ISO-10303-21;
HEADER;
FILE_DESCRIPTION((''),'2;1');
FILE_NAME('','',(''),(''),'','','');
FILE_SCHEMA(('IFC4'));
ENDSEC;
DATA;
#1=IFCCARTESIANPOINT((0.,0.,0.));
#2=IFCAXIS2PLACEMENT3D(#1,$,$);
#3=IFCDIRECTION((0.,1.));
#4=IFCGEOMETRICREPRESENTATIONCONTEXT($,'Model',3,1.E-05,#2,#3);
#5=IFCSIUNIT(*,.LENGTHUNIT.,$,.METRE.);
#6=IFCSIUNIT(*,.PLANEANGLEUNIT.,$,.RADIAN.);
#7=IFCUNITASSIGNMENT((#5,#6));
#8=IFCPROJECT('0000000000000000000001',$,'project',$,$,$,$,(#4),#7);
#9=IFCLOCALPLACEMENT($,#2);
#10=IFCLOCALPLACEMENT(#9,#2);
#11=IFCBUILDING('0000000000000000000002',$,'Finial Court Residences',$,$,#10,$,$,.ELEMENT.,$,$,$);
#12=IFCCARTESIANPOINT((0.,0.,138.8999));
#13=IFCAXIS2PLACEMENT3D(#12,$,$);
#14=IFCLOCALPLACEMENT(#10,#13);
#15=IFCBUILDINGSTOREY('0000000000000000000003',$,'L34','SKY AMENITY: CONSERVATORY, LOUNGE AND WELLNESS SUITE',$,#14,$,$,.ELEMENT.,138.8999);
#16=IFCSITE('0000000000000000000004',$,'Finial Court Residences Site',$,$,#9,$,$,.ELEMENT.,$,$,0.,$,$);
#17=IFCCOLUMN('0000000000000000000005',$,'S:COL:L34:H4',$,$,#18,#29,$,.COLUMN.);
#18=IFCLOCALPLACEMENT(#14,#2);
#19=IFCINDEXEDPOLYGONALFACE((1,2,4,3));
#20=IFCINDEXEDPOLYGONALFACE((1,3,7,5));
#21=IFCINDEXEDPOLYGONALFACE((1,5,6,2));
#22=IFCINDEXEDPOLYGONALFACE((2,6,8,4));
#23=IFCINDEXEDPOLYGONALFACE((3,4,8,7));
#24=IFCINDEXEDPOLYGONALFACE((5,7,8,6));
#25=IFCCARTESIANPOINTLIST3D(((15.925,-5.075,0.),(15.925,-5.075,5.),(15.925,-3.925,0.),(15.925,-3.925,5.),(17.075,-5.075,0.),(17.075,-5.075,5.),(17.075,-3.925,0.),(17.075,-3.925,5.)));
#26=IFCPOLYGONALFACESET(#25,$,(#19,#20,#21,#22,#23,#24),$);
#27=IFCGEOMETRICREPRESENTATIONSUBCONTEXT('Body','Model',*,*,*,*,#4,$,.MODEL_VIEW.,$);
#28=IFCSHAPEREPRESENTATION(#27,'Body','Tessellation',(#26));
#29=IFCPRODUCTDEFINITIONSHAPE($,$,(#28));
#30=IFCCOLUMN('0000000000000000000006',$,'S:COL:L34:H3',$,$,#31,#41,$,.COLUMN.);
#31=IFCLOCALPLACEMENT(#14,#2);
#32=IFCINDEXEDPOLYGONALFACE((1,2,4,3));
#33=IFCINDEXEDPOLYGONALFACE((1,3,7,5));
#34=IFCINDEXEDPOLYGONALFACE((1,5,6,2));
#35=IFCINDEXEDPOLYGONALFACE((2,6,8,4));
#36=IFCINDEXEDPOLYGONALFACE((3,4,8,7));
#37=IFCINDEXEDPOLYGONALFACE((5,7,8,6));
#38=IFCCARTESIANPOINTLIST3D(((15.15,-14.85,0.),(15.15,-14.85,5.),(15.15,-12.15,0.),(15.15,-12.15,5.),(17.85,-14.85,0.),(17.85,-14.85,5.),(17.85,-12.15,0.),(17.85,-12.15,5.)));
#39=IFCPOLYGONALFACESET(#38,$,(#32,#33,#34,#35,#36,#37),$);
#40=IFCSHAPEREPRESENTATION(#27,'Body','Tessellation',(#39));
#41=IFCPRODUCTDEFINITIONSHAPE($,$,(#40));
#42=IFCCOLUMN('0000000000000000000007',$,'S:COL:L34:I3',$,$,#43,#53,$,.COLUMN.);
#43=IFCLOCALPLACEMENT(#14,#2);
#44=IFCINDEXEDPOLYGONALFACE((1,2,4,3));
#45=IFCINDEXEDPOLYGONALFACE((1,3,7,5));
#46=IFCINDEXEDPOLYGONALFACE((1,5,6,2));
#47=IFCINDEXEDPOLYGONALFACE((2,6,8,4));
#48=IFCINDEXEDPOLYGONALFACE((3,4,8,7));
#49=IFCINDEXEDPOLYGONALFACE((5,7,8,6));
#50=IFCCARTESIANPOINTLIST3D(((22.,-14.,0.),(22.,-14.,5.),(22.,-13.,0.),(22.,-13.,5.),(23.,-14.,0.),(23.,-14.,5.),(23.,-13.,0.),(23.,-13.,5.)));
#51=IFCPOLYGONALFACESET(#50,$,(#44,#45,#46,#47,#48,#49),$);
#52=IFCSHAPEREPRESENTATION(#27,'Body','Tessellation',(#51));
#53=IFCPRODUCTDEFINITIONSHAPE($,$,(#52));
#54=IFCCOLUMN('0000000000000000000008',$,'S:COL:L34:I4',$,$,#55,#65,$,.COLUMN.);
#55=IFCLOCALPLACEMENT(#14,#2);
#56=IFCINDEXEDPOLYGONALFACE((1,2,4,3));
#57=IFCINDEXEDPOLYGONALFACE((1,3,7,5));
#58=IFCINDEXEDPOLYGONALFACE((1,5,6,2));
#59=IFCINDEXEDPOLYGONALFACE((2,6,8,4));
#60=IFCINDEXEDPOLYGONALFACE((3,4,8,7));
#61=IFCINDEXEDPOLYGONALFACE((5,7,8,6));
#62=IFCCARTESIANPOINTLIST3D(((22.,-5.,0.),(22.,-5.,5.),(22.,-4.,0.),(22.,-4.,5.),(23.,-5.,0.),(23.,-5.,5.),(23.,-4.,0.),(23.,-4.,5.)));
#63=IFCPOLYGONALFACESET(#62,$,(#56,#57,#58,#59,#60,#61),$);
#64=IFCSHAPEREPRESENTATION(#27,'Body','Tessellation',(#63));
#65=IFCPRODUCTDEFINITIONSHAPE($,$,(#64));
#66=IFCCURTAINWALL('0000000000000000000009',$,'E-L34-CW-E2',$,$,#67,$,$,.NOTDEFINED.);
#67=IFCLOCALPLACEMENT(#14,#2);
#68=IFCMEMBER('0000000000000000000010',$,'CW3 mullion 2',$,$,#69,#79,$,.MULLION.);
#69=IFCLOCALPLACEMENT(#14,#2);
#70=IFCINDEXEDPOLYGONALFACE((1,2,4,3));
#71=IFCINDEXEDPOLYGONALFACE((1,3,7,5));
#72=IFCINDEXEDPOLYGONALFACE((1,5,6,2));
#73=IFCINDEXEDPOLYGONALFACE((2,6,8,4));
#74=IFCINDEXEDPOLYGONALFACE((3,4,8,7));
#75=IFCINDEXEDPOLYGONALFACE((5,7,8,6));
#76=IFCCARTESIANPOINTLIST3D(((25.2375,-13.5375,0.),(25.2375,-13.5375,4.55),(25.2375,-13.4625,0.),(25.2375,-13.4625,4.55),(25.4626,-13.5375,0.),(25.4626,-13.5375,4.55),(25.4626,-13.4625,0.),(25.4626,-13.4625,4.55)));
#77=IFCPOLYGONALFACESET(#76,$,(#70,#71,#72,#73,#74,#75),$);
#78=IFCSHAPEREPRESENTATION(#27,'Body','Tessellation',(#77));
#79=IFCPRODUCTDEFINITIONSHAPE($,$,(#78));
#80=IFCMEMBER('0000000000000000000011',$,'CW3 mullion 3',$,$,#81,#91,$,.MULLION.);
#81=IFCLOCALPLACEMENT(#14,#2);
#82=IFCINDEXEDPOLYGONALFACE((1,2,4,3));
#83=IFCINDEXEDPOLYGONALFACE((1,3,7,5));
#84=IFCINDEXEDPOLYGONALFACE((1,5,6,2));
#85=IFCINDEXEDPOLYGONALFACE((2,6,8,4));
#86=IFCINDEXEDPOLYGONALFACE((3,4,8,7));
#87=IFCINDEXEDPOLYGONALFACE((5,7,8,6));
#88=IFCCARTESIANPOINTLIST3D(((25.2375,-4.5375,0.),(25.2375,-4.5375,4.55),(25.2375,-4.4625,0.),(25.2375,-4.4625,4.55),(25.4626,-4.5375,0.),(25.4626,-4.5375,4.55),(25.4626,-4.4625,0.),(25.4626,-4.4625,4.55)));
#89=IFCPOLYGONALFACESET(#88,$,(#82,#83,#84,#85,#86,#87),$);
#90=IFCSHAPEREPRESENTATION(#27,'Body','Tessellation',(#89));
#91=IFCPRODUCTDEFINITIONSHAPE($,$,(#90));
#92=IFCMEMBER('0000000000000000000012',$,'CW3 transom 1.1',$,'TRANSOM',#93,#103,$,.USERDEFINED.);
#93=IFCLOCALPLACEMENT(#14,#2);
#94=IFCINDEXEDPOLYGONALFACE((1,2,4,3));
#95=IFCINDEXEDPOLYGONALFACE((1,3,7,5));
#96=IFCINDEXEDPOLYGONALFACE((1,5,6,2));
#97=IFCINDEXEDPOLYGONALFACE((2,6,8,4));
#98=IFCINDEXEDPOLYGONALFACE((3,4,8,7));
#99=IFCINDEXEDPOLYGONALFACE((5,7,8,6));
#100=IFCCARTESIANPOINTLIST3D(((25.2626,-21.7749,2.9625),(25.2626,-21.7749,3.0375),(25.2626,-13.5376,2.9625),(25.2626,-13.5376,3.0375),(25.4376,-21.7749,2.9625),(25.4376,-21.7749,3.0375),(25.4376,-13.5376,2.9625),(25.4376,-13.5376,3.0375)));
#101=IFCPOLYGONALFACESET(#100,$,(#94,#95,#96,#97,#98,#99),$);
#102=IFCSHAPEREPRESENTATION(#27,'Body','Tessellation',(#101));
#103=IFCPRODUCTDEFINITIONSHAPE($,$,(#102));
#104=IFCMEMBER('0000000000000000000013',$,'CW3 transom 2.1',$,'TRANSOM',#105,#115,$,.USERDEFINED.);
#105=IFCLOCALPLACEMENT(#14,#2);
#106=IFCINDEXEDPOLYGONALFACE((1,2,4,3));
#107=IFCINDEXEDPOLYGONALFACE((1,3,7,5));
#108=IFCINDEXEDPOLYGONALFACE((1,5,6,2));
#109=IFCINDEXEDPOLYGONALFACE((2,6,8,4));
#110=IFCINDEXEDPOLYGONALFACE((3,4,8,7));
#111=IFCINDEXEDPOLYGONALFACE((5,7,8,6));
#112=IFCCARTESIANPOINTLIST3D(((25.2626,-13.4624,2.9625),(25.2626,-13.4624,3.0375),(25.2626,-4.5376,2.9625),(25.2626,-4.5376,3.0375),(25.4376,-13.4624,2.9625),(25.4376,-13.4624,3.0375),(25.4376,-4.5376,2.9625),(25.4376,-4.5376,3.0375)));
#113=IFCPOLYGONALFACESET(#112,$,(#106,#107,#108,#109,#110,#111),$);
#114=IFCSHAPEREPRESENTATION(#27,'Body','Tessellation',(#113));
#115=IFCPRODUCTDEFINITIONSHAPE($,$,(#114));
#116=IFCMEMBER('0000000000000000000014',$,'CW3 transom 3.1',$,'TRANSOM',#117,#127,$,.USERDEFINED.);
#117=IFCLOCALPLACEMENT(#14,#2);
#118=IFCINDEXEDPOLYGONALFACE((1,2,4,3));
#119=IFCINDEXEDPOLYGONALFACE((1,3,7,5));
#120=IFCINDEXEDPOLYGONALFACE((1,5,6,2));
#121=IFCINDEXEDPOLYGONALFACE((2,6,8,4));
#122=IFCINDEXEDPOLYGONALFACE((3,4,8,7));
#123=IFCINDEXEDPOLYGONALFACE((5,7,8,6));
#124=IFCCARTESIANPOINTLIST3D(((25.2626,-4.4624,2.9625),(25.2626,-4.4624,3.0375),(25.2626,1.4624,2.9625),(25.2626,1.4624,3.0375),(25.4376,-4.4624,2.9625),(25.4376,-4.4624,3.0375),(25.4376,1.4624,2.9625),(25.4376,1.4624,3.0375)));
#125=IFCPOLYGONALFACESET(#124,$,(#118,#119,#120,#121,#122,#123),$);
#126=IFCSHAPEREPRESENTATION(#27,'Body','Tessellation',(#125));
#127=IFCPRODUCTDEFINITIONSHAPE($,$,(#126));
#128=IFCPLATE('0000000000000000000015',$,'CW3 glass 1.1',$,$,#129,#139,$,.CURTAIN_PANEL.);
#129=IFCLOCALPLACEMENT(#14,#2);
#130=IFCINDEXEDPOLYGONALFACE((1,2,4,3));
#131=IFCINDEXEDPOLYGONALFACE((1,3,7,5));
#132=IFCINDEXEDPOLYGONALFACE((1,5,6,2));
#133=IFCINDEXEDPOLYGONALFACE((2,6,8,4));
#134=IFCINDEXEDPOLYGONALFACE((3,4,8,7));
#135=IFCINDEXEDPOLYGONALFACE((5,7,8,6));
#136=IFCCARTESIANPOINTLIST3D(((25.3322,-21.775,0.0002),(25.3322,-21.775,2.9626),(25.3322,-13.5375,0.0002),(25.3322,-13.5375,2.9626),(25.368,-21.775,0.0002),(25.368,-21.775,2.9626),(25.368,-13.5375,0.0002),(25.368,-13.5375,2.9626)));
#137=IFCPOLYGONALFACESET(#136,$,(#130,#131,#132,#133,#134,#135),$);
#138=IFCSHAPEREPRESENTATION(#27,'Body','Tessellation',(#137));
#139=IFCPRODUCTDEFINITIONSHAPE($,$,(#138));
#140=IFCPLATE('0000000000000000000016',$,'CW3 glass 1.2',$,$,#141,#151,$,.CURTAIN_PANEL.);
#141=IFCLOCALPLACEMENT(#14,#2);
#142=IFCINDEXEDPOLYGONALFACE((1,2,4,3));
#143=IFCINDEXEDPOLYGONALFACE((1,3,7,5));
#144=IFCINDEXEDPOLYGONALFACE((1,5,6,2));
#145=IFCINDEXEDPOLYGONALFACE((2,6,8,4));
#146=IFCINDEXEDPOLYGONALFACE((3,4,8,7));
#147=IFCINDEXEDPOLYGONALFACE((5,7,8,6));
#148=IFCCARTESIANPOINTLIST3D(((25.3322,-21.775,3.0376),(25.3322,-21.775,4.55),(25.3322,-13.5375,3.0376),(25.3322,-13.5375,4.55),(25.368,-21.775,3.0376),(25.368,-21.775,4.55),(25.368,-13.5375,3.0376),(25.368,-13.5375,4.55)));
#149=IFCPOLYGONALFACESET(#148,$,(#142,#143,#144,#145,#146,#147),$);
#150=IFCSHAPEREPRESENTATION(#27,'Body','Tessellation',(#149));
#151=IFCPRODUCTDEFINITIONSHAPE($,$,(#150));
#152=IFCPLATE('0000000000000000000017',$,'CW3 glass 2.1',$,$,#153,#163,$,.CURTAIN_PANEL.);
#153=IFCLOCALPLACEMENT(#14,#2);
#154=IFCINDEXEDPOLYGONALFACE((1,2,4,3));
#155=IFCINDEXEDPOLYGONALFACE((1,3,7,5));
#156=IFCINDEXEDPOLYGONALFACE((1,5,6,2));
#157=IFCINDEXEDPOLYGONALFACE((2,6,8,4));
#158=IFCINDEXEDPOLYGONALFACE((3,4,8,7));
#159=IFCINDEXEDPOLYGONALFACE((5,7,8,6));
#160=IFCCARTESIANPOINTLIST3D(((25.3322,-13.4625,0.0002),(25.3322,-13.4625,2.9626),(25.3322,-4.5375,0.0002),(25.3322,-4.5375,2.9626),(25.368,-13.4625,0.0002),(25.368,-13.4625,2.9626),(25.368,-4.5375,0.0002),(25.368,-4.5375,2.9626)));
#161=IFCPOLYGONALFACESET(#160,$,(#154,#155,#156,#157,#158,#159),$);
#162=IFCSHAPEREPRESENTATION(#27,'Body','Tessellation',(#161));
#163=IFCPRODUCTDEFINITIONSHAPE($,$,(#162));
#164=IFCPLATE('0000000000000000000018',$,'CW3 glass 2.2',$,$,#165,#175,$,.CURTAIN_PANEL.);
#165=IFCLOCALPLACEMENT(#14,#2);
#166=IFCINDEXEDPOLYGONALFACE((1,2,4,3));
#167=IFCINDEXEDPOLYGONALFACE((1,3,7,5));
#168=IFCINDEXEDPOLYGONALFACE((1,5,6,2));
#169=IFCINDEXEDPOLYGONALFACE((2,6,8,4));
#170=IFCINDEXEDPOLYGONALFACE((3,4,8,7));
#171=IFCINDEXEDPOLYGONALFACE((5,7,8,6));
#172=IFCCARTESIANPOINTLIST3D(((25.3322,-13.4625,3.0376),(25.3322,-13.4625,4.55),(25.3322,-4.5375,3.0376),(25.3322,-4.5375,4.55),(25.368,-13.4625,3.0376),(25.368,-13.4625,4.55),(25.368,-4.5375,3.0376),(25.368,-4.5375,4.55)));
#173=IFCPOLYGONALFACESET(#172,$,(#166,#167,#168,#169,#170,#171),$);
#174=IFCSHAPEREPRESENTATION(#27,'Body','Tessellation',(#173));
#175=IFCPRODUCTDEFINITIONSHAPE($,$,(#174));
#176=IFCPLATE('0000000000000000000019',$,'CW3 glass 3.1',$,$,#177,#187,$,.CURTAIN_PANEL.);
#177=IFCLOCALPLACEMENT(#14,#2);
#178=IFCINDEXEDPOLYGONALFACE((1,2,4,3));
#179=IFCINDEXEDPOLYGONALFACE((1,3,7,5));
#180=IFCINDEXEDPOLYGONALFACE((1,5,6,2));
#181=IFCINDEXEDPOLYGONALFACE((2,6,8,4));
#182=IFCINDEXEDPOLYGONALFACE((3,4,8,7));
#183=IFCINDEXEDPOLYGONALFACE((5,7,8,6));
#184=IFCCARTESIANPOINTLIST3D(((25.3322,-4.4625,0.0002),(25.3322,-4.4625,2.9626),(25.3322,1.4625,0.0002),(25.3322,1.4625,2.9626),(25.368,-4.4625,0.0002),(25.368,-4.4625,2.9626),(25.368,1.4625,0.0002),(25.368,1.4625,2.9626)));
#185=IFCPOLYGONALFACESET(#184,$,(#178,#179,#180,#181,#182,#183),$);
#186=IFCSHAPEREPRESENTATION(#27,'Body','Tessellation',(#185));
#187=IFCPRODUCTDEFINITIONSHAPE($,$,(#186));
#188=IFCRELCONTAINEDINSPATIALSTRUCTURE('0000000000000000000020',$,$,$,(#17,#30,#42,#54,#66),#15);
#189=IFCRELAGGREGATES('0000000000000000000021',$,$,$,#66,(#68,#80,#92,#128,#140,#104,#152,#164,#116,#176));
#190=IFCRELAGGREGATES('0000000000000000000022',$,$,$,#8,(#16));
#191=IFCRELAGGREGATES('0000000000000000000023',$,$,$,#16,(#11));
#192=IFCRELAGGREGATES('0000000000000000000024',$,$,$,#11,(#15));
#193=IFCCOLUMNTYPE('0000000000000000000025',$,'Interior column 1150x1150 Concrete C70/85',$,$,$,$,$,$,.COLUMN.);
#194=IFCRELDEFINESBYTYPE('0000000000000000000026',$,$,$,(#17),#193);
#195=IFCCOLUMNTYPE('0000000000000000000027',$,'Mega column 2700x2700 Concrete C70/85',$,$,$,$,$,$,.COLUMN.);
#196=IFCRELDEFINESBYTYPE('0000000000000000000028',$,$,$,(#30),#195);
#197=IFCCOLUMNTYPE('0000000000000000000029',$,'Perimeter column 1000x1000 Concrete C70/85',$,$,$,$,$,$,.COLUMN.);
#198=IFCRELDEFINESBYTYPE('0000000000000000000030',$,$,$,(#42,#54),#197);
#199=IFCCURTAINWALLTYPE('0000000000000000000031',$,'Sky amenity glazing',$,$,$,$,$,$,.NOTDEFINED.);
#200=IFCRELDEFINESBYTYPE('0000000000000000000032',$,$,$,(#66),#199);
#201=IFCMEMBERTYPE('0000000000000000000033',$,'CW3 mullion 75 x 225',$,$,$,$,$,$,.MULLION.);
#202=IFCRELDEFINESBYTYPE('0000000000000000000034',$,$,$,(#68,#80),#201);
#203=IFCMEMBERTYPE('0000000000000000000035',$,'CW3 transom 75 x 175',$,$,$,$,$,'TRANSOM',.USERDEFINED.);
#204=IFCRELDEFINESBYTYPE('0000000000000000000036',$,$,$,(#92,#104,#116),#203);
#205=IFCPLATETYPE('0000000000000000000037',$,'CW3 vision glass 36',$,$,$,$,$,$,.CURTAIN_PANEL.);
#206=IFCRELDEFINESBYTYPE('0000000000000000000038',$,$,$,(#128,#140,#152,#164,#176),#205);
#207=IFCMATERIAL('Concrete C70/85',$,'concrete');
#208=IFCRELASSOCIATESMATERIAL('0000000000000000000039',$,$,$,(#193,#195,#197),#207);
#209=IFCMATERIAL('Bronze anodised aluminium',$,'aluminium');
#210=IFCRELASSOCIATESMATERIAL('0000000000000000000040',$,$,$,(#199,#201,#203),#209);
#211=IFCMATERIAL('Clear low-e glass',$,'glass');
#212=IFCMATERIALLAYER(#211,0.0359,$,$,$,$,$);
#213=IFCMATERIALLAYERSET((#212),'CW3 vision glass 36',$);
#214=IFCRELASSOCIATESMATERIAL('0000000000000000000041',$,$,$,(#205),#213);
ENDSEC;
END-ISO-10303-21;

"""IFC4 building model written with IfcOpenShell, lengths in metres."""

from ifc_helpers import new_model, si_unit, direction, frame, origin, origin_2d, place, context, subcontext, project, spatial, rectangle, extrude, material, layer, layer_set, material_profile, profile_set, type_object, element, aggregate, save


model = new_model("IFC4")

# Units and contexts
model_context = context("Model", 3, precision=1e-05, world=origin(), true_north=direction((0.0, 1.0)))
body_context = subcontext(model_context, "Body", "Model", "MODEL_VIEW")
ifc_project = project(units=[si_unit("LENGTHUNIT", "METRE"), si_unit("PLANEANGLEUNIT", "RADIAN")], contexts=[model_context])

# Site, building, storey
site_placement = place(None, origin())
site = spatial("IfcSite", under=ifc_project, at=site_placement, Name="Finial Court Residences Site", CompositionType="ELEMENT", RefElevation=0.0)
building_placement = place(site_placement, origin())
building = spatial("IfcBuilding", under=site, at=building_placement, Name="Finial Court Residences", CompositionType="ELEMENT")
storey_placement = place(building_placement, frame((0.0, 0.0, 138.8999)))
storey = spatial("IfcBuildingStorey", under=building, at=storey_placement, Name="L34", Description="SKY AMENITY: CONSERVATORY, LOUNGE AND WELLNESS SUITE", CompositionType="ELEMENT", Elevation=138.8999)

# Columns
ifc_material_1 = material(Name="Concrete C70/85", Category="concrete")
ifc_material_profile_1 = material_profile(ifc_material_1, rectangle(XDim=1.1499, YDim=1.1499, at=origin_2d()), Name="1150x1150")
ifc_profile_set_1 = profile_set([ifc_material_profile_1], Name="Concrete C70/85")
column_type_1 = type_object("IfcColumnType", Name="Interior column 1150x1150 Concrete C70/85", PredefinedType="COLUMN", material=ifc_profile_set_1)
column_1_placement = place(storey_placement, frame((16.5, -4.5, 0.0), z_axis=(0.0, 0.0, 1.0), x_axis=(1.0, 0.0, 0.0)))
element("IfcColumn", 1, at=column_1_placement, inside=storey, type_object=column_type_1, Name="S:COL:L34:H4", PredefinedType="COLUMN", context=body_context, shape_type="SweptSolid", body=[
    extrude(rectangle(XDim=1.1499, YDim=1.1499, at=origin_2d()), origin(), (0.0, 0.0, 1.0), 5.0),
])
ifc_material_profile_2 = material_profile(ifc_material_1, rectangle(XDim=2.7, YDim=2.7, at=origin_2d()), Name="2700x2700")
ifc_profile_set_2 = profile_set([ifc_material_profile_2], Name="Concrete C70/85")
column_type_2 = type_object("IfcColumnType", Name="Mega column 2700x2700 Concrete C70/85", PredefinedType="COLUMN", material=ifc_profile_set_2)
column_2_placement = place(storey_placement, frame((16.5, -13.5, 0.0), z_axis=(0.0, 0.0, 1.0), x_axis=(1.0, 0.0, 0.0)))
element("IfcColumn", 2, at=column_2_placement, inside=storey, type_object=column_type_2, Name="S:COL:L34:H3", PredefinedType="COLUMN", context=body_context, shape_type="SweptSolid", body=[
    extrude(rectangle(XDim=2.7, YDim=2.7, at=origin_2d()), origin(), (0.0, 0.0, 1.0), 5.0),
])
ifc_material_profile_3 = material_profile(ifc_material_1, rectangle(XDim=1.0, YDim=1.0, at=origin_2d()), Name="1000x1000")
ifc_profile_set_3 = profile_set([ifc_material_profile_3], Name="Concrete C70/85")
column_type_3 = type_object("IfcColumnType", Name="Perimeter column 1000x1000 Concrete C70/85", PredefinedType="COLUMN", material=ifc_profile_set_3)
for number, where, z_axis, x_axis, name in (
    (3, (22.5, -13.5, 0.0), (0.0, 0.0, 1.0), (1.0, 0.0, 0.0), "S:COL:L34:I3"),
    (4, (22.5, -4.5, 0.0), (0.0, 0.0, 1.0), (1.0, 0.0, 0.0), "S:COL:L34:I4"),
):
    element("IfcColumn", number, at=place(storey_placement, frame(where, z_axis=z_axis, x_axis=x_axis)), inside=storey, type_object=column_type_3, Name=name, PredefinedType="COLUMN", context=body_context, shape_type="SweptSolid", body=[
        extrude(rectangle(XDim=1.0, YDim=1.0, at=origin_2d()), origin(), (0.0, 0.0, 1.0), 5.0),
    ])

# Curtain wall, members, plates
ifc_material_2 = material(Name="Bronze anodised aluminium", Category="aluminium")
curtain_wall_type = type_object("IfcCurtainWallType", Name="Sky amenity glazing", PredefinedType="NOTDEFINED", material=ifc_material_2)
curtain_wall_placement = place(storey_placement, origin())
curtain_wall = element("IfcCurtainWall", 5, at=curtain_wall_placement, inside=storey, type_object=curtain_wall_type, Name="E-L34-CW-E2", PredefinedType="NOTDEFINED")
ifc_material_profile_4 = material_profile(ifc_material_2, rectangle(XDim=0.2251, YDim=0.075, at=origin_2d()), Name="CW3 mullion 75 x 225")
ifc_profile_set_4 = profile_set([ifc_material_profile_4], Name="Bronze anodised aluminium")
member_type_1 = type_object("IfcMemberType", Name="CW3 mullion 75 x 225", PredefinedType="MULLION", material=ifc_profile_set_4)
member_1_placement = place(storey_placement, frame((25.3501, -13.5, 0.0), z_axis=(0.0, 0.0, 1.0), x_axis=(-1.0, 0.0, 0.0)))
member_1 = element("IfcMember", 6, at=member_1_placement, type_object=member_type_1, Name="CW3 mullion 2", PredefinedType="MULLION", context=body_context, shape_type="SweptSolid", body=[
    extrude(rectangle(XDim=0.2251, YDim=0.075, at=origin_2d()), origin(), (0.0, 0.0, 1.0), 4.55),
])
member_2_placement = place(storey_placement, frame((25.3501, -4.5, 0.0), z_axis=(0.0, 0.0, 1.0), x_axis=(-1.0, 0.0, 0.0)))
member_2 = element("IfcMember", 7, at=member_2_placement, type_object=member_type_1, Name="CW3 mullion 3", PredefinedType="MULLION", context=body_context, shape_type="SweptSolid", body=[
    extrude(rectangle(XDim=0.2251, YDim=0.075, at=origin_2d()), origin(), (0.0, 0.0, 1.0), 4.55),
])
ifc_material_profile_5 = material_profile(ifc_material_2, rectangle(XDim=0.175, YDim=0.075, at=origin_2d()), Name="CW3 transom 75 x 175")
ifc_profile_set_5 = profile_set([ifc_material_profile_5], Name="Bronze anodised aluminium")
member_type_2 = type_object("IfcMemberType", Name="CW3 transom 75 x 175", ElementType="TRANSOM", PredefinedType="USERDEFINED", material=ifc_profile_set_5)
member_3_placement = place(storey_placement, frame((25.3501, -21.7749, 3.0), z_axis=(0.0, 1.0, 0.0), x_axis=(-1.0, 0.0, 0.0)))
member_3 = element("IfcMember", 8, at=member_3_placement, type_object=member_type_2, Name="CW3 transom 1.1", ObjectType="TRANSOM", PredefinedType="USERDEFINED", context=body_context, shape_type="SweptSolid", body=[
    extrude(rectangle(XDim=0.175, YDim=0.075, at=origin_2d()), origin(), (0.0, 0.0, 1.0), 8.2373),
])
member_4_placement = place(storey_placement, frame((25.3501, -13.4624, 3.0), z_axis=(0.0, 1.0, 0.0), x_axis=(-1.0, 0.0, 0.0)))
member_4 = element("IfcMember", 9, at=member_4_placement, type_object=member_type_2, Name="CW3 transom 2.1", ObjectType="TRANSOM", PredefinedType="USERDEFINED", context=body_context, shape_type="SweptSolid", body=[
    extrude(rectangle(XDim=0.175, YDim=0.075, at=origin_2d()), origin(), (0.0, 0.0, 1.0), 8.9248),
])
member_5_placement = place(storey_placement, frame((25.3501, -4.4624, 3.0), z_axis=(0.0, 1.0, 0.0), x_axis=(-1.0, 0.0, 0.0)))
member_5 = element("IfcMember", 10, at=member_5_placement, type_object=member_type_2, Name="CW3 transom 3.1", ObjectType="TRANSOM", PredefinedType="USERDEFINED", context=body_context, shape_type="SweptSolid", body=[
    extrude(rectangle(XDim=0.175, YDim=0.075, at=origin_2d()), origin(), (0.0, 0.0, 1.0), 5.9248),
])
ifc_material_3 = material(Name="Clear low-e glass", Category="glass")
ifc_layer = layer(ifc_material_3, 0.0359)
ifc_layer_set = layer_set([ifc_layer], Name="CW3 vision glass 36")
plate_type = type_object("IfcPlateType", Name="CW3 vision glass 36", PredefinedType="CURTAIN_PANEL", material=ifc_layer_set)
plate_1_placement = place(storey_placement, frame((25.3501, -17.6562, 0.0002), z_axis=(0.0, 0.0, 1.0), x_axis=(0.0, 1.0, 0.0)))
plate_1 = element("IfcPlate", 11, at=plate_1_placement, type_object=plate_type, Name="CW3 glass 1.1", PredefinedType="CURTAIN_PANEL", context=body_context, shape_type="SweptSolid", body=[
    extrude(rectangle(XDim=8.2375, YDim=0.0359, at=origin_2d()), origin(), (0.0, 0.0, 1.0), 2.9624),
])
plate_2_placement = place(storey_placement, frame((25.3501, -17.6562, 3.0376), z_axis=(0.0, 0.0, 1.0), x_axis=(0.0, 1.0, 0.0)))
plate_2 = element("IfcPlate", 12, at=plate_2_placement, type_object=plate_type, Name="CW3 glass 1.2", PredefinedType="CURTAIN_PANEL", context=body_context, shape_type="SweptSolid", body=[
    extrude(rectangle(XDim=8.2375, YDim=0.0359, at=origin_2d()), origin(), (0.0, 0.0, 1.0), 1.5125),
])
plate_3_placement = place(storey_placement, frame((25.3501, -9.0, 0.0002), z_axis=(0.0, 0.0, 1.0), x_axis=(0.0, 1.0, 0.0)))
plate_3 = element("IfcPlate", 13, at=plate_3_placement, type_object=plate_type, Name="CW3 glass 2.1", PredefinedType="CURTAIN_PANEL", context=body_context, shape_type="SweptSolid", body=[
    extrude(rectangle(XDim=8.925, YDim=0.0359, at=origin_2d()), origin(), (0.0, 0.0, 1.0), 2.9624),
])
plate_4_placement = place(storey_placement, frame((25.3501, -9.0, 3.0376), z_axis=(0.0, 0.0, 1.0), x_axis=(0.0, 1.0, 0.0)))
plate_4 = element("IfcPlate", 14, at=plate_4_placement, type_object=plate_type, Name="CW3 glass 2.2", PredefinedType="CURTAIN_PANEL", context=body_context, shape_type="SweptSolid", body=[
    extrude(rectangle(XDim=8.925, YDim=0.0359, at=origin_2d()), origin(), (0.0, 0.0, 1.0), 1.5125),
])
plate_5_placement = place(storey_placement, frame((25.3501, -1.5, 0.0002), z_axis=(0.0, 0.0, 1.0), x_axis=(0.0, 1.0, 0.0)))
plate_5 = element("IfcPlate", 15, at=plate_5_placement, type_object=plate_type, Name="CW3 glass 3.1", PredefinedType="CURTAIN_PANEL", context=body_context, shape_type="SweptSolid", body=[
    extrude(rectangle(XDim=5.925, YDim=0.0359, at=origin_2d()), origin(), (0.0, 0.0, 1.0), 2.9624),
])
aggregate(curtain_wall, [member_1, member_2, member_3, plate_1, plate_2, member_4, plate_3, plate_4, member_5, plate_5])

save(model, "model.ifc")
